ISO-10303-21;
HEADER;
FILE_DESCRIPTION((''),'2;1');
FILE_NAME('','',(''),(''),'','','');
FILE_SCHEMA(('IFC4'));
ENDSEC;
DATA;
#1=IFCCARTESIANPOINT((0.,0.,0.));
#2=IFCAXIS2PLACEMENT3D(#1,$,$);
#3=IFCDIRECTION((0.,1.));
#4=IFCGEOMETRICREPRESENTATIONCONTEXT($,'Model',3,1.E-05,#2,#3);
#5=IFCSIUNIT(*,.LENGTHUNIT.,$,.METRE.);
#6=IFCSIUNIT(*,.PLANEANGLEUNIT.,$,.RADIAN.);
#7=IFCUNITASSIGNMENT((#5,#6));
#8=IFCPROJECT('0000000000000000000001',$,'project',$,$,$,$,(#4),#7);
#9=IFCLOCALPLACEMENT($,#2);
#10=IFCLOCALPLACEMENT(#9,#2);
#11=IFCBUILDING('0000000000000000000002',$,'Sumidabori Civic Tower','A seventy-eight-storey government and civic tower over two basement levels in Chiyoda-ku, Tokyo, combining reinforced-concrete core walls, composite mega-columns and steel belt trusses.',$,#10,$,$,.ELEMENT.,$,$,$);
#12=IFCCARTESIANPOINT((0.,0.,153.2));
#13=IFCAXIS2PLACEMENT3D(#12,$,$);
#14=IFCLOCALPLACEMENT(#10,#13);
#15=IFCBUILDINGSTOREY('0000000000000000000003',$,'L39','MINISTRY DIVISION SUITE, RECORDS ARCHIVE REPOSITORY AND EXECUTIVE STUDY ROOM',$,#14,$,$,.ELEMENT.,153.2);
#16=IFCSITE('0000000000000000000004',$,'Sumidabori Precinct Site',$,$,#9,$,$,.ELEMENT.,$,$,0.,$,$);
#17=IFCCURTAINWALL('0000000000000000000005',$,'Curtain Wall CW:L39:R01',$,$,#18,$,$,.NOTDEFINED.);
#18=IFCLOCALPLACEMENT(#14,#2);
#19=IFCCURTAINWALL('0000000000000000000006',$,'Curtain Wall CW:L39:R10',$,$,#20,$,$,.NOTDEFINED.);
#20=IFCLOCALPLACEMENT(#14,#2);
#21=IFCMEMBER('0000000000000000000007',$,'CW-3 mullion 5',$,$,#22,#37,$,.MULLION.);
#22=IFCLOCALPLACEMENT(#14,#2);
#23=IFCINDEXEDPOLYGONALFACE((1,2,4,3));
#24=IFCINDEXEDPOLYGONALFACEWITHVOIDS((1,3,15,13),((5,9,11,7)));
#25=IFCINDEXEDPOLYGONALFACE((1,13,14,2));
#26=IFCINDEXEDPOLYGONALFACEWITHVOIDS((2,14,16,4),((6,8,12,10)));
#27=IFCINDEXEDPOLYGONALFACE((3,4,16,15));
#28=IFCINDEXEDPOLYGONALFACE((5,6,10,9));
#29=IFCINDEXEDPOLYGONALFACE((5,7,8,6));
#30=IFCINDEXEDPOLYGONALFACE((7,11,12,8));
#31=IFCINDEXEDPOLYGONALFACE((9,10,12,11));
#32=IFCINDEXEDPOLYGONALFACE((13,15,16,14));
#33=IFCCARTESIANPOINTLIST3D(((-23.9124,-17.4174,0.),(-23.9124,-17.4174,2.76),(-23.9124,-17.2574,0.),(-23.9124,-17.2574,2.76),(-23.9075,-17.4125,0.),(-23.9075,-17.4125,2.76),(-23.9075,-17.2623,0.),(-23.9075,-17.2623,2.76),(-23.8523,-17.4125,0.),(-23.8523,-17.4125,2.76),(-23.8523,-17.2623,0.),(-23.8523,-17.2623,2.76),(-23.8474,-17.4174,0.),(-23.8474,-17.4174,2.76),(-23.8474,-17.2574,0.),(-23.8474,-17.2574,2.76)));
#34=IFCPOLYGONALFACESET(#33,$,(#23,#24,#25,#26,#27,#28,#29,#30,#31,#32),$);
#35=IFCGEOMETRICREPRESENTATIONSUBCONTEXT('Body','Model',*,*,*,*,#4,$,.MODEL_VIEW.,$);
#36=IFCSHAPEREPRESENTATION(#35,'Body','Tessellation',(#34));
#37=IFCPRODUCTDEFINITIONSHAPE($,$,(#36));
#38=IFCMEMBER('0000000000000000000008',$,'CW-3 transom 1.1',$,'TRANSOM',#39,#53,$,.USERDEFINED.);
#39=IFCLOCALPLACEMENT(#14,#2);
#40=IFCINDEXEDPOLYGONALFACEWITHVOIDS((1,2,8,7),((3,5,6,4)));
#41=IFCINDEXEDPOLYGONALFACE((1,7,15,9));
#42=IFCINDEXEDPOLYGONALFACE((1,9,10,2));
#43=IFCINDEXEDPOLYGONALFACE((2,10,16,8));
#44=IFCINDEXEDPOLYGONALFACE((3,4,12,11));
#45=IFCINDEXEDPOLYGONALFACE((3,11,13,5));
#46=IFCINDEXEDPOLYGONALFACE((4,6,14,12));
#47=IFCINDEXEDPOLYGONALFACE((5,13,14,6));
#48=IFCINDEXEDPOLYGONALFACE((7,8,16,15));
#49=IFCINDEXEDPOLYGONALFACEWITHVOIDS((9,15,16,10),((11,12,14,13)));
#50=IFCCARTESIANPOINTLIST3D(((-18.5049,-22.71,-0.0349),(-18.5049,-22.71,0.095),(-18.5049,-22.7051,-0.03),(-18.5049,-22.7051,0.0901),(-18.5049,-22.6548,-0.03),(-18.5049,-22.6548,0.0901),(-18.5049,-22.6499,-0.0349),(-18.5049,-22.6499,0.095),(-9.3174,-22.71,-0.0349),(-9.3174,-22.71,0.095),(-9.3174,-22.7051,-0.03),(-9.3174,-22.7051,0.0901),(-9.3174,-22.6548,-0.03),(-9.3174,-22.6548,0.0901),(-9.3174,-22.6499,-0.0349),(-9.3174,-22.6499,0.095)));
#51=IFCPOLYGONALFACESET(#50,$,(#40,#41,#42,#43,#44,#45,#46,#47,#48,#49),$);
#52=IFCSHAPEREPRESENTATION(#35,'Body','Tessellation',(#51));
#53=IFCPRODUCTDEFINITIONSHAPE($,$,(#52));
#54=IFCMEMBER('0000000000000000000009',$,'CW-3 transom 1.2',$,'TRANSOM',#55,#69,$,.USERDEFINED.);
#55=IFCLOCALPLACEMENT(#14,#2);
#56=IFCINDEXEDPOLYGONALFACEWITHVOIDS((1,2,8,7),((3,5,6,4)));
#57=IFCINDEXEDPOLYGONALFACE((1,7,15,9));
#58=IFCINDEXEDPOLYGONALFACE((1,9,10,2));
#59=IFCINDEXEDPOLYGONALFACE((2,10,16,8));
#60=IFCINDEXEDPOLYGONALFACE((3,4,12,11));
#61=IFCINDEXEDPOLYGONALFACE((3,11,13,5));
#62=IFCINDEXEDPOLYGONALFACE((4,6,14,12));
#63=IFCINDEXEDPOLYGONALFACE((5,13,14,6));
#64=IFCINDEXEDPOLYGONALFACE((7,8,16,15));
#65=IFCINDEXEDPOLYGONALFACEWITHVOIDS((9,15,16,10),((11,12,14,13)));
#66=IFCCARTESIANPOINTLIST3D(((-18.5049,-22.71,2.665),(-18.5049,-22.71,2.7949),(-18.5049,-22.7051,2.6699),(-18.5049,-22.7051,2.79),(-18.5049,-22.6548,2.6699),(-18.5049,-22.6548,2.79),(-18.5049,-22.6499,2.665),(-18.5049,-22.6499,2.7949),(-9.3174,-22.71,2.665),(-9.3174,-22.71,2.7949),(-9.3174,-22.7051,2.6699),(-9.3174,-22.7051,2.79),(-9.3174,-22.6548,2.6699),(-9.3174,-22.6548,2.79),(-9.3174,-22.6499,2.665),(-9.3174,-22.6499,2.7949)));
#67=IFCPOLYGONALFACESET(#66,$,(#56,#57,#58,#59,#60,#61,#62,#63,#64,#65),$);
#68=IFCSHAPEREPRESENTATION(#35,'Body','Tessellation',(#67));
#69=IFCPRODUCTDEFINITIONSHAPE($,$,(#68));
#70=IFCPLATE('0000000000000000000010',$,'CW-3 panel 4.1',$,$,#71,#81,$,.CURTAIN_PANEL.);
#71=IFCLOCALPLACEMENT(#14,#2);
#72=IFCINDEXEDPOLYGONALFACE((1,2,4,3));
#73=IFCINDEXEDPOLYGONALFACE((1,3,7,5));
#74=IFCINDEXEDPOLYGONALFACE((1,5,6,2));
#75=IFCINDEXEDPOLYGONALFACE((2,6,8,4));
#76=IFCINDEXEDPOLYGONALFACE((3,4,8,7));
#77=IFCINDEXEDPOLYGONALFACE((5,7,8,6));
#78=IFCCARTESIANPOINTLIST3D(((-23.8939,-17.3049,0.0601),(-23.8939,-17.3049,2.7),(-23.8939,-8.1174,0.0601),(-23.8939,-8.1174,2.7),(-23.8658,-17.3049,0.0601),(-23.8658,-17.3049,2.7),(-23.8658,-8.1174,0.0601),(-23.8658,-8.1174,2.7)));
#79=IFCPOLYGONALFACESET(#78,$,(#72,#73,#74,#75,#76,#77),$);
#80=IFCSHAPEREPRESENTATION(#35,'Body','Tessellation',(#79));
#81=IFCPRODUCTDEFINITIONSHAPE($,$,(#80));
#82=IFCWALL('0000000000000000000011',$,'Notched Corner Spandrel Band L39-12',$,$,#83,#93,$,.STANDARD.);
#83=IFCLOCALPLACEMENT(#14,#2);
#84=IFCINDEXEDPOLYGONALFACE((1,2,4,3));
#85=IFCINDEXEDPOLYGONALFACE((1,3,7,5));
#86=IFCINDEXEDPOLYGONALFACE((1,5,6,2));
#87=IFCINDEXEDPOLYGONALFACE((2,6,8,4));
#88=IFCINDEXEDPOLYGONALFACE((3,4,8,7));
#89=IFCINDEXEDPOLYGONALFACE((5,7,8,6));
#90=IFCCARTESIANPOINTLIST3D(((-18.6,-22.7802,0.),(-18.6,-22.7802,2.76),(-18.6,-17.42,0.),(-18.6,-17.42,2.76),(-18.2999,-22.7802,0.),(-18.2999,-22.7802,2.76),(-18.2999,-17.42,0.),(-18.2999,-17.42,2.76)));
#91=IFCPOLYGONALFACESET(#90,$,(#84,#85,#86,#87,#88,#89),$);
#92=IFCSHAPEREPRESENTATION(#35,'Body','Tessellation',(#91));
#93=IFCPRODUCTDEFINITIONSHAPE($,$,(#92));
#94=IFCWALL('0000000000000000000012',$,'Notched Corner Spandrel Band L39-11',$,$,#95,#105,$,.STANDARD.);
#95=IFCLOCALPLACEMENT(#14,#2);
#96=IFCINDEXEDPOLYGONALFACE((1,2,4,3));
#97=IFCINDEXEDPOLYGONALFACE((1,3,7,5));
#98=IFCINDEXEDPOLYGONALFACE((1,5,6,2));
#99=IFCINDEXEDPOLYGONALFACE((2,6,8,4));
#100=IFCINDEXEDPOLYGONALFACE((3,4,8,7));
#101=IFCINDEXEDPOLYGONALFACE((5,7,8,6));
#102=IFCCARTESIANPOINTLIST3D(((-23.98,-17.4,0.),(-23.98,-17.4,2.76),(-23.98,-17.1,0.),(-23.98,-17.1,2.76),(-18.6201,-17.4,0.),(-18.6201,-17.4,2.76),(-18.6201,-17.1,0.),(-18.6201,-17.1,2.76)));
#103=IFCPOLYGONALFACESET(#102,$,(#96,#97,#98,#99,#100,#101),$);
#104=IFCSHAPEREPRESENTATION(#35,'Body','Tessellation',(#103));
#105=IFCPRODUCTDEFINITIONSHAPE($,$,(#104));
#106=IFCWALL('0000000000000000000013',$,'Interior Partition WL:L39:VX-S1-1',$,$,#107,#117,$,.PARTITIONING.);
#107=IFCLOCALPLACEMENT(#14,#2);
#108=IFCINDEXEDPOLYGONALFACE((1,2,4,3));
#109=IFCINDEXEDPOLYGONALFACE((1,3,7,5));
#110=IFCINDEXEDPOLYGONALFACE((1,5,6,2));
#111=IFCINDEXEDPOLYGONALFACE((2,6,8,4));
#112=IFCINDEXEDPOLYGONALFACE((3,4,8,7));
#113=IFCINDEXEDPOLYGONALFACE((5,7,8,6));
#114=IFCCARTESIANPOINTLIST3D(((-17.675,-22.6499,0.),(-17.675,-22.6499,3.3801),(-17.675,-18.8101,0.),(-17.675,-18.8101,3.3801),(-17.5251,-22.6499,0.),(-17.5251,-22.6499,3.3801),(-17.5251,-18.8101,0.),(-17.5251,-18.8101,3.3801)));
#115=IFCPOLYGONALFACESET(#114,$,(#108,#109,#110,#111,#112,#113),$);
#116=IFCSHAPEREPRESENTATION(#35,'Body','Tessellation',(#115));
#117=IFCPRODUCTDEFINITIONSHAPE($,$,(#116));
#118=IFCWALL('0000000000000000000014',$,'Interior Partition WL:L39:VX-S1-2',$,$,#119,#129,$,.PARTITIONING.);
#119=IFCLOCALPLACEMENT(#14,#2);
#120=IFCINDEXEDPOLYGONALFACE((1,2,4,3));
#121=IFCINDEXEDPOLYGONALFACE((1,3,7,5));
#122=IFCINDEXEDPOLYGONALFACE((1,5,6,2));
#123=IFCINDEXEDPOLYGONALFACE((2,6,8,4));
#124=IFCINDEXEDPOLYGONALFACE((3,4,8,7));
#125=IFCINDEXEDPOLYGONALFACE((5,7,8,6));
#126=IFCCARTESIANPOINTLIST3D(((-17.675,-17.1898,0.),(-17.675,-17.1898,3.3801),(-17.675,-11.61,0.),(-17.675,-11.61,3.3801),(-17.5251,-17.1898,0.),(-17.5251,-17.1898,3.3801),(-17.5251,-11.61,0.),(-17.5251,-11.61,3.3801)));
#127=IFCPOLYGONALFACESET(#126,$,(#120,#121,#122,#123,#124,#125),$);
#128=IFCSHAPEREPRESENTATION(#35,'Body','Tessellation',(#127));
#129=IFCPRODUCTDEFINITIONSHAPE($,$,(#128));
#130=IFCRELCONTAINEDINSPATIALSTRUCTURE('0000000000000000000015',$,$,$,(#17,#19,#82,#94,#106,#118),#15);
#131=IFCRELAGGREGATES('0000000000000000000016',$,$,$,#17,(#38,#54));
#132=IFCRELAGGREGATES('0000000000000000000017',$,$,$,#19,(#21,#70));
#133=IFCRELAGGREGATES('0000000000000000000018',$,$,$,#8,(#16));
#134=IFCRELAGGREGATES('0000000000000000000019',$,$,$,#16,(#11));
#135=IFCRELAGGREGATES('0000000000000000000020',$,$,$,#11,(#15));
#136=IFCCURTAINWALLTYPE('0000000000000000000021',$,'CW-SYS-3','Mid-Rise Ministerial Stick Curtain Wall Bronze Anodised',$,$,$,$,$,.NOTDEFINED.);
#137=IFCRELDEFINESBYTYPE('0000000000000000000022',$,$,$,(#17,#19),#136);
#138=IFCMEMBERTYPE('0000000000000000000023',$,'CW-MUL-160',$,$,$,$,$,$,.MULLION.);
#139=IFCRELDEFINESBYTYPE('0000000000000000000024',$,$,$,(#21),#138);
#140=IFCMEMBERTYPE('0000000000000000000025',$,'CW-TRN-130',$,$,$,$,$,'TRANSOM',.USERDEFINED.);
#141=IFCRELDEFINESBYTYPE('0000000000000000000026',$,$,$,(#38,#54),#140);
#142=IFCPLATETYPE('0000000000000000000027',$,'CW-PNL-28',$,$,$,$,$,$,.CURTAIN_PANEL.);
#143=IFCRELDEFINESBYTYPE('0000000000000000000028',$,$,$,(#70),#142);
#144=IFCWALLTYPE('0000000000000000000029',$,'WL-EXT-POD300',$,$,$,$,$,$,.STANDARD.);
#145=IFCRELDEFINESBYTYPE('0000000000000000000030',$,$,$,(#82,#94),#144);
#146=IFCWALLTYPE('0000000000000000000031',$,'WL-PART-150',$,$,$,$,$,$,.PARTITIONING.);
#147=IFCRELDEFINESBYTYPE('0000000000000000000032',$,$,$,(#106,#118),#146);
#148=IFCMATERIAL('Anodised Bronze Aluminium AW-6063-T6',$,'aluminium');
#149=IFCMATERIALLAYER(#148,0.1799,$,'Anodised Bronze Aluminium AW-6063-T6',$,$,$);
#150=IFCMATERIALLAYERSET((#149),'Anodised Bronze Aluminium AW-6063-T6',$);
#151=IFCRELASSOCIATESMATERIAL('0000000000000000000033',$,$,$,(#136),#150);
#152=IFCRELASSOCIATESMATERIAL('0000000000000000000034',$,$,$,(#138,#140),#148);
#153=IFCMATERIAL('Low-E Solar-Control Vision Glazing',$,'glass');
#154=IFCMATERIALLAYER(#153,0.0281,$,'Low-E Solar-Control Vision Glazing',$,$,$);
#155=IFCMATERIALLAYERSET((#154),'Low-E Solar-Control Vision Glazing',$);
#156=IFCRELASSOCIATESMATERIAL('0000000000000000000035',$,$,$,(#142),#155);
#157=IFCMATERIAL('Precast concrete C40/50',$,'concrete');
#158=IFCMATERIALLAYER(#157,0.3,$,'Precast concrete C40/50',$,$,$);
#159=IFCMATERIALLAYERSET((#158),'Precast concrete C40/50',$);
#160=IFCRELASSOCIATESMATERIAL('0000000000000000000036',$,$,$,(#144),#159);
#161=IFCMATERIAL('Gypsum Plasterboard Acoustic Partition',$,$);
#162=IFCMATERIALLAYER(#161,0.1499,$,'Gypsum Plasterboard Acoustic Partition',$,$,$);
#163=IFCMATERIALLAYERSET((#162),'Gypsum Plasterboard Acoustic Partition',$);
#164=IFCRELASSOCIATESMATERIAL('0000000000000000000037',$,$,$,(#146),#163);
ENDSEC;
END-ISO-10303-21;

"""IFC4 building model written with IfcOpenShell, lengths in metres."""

from ifc_helpers import new_model, si_unit, direction, frame, frame_2d, origin, origin_2d, place, context, subcontext, project, spatial, rectangle, hollow_rectangle, extrude, source, transform, mapped, material, layer, layer_set, material_profile, profile_set, type_object, element, aggregate, save


model = new_model("IFC4")

# Units and contexts
model_context = context("Model", 3, precision=1e-05, world=origin(), true_north=direction((0.0, 1.0)))
body_context = subcontext(model_context, "Body", "Model", "MODEL_VIEW")
ifc_project = project(units=[si_unit("LENGTHUNIT", "METRE"), si_unit("PLANEANGLEUNIT", "RADIAN")], contexts=[model_context])

# Site, building, storey
site_placement = place(None, origin())
site = spatial("IfcSite", under=ifc_project, at=site_placement, Name="Sumidabori Precinct Site", CompositionType="ELEMENT", RefElevation=0.0)
building_placement = place(site_placement, origin())
building = spatial("IfcBuilding", under=site, at=building_placement, Name="Sumidabori Civic Tower", Description="A seventy-eight-storey government and civic tower over two basement levels in Chiyoda-ku, Tokyo, combining reinforced-concrete core walls, composite mega-columns and steel belt trusses.", CompositionType="ELEMENT")
storey_placement = place(building_placement, frame((0.0, 0.0, 153.2)))
storey = spatial("IfcBuildingStorey", under=building, at=storey_placement, Name="L39", Description="MINISTRY DIVISION SUITE, RECORDS ARCHIVE REPOSITORY AND EXECUTIVE STUDY ROOM", CompositionType="ELEMENT", Elevation=153.2)

# Curtain walls, member
ifc_material_1 = material(Name="Anodised Bronze Aluminium AW-6063-T6", Category="aluminium")
ifc_layer_1 = layer(ifc_material_1, 0.1799, Name="Anodised Bronze Aluminium AW-6063-T6")
ifc_layer_set_1 = layer_set([ifc_layer_1], Name="Anodised Bronze Aluminium AW-6063-T6")
curtain_wall_type = type_object("IfcCurtainWallType", Name="CW-SYS-3", Description="Mid-Rise Ministerial Stick Curtain Wall Bronze Anodised", PredefinedType="NOTDEFINED", material=ifc_layer_set_1)
curtain_wall_1_placement = place(storey_placement, origin())
curtain_wall_1 = element("IfcCurtainWall", 1, at=curtain_wall_1_placement, inside=storey, type_object=curtain_wall_type, Name="Curtain Wall CW:L39:R01", PredefinedType="NOTDEFINED")
ifc_material_profile_1 = material_profile(ifc_material_1, hollow_rectangle(XDim=0.0649, YDim=0.1599, WallThickness=0.0049, at=origin_2d()), Name="ALU MULLION 160x65")
ifc_profile_set_1 = profile_set([ifc_material_profile_1], Name="Anodised Bronze Aluminium AW-6063-T6")
member_type_1 = type_object("IfcMemberType", Name="CW-MUL-160", PredefinedType="MULLION", material=ifc_profile_set_1)
shared_shape_1 = source(origin(), body_context, "Body", "SweptSolid", [
    extrude(hollow_rectangle(XDim=0.0649, YDim=0.1599, WallThickness=0.0049, at=origin_2d()), origin(), (0.0, 0.0, 1.0), 2.76),
])
curtain_wall_2_placement = place(storey_placement, origin())
curtain_wall_2 = element("IfcCurtainWall", 2, at=curtain_wall_2_placement, inside=storey, type_object=curtain_wall_type, Name="Curtain Wall CW:L39:R10", PredefinedType="NOTDEFINED")
member_1_placement = place(storey_placement, frame((-23.8799, -17.3374, 0.0), z_axis=(0.0, 0.0, 1.0), x_axis=(1.0, 0.0, 0.0)))
member_1 = element("IfcMember", 3, at=member_1_placement, type_object=member_type_1, Name="CW-3 mullion 5", PredefinedType="MULLION", context=body_context, shape_type="MappedRepresentation", body=[
    mapped(shared_shape_1, transform((0.0, 0.0, 0.0), x_axis=(1.0, 0.0, 0.0), y_axis=(0.0, 1.0, 0.0), z_axis=(0.0, 0.0, 1.0), scale=1.0)),
])

# Members
ifc_material_profile_2 = material_profile(ifc_material_1, hollow_rectangle(XDim=0.0601, YDim=0.1299, WallThickness=0.0049, at=origin_2d()), Name="ALU TRANSOM 130x60")
ifc_profile_set_2 = profile_set([ifc_material_profile_2], Name="Anodised Bronze Aluminium AW-6063-T6")
member_type_2 = type_object("IfcMemberType", Name="CW-TRN-130", ElementType="TRANSOM", PredefinedType="USERDEFINED", material=ifc_profile_set_2)
shared_shape_2 = source(origin(), body_context, "Body", "SweptSolid", [
    extrude(hollow_rectangle(XDim=0.0601, YDim=0.1299, WallThickness=0.0049, at=origin_2d()), origin(), (0.0, 0.0, 1.0), 9.1875),
])
member_2_placement = place(storey_placement, frame((-18.5049, -22.6799, 0.03), z_axis=(1.0, 0.0, 0.0), x_axis=(0.0, 1.0, 0.0)))
member_2 = element("IfcMember", 4, at=member_2_placement, type_object=member_type_2, Name="CW-3 transom 1.1", ObjectType="TRANSOM", PredefinedType="USERDEFINED", context=body_context, shape_type="MappedRepresentation", body=[
    mapped(shared_shape_2, transform((0.0, 0.0, 0.0), x_axis=(1.0, 0.0, 0.0), y_axis=(0.0, 1.0, 0.0), z_axis=(0.0, 0.0, 1.0), scale=1.0)),
])
member_3_placement = place(storey_placement, frame((-18.5049, -22.6799, 2.73), z_axis=(1.0, 0.0, 0.0), x_axis=(0.0, 1.0, 0.0)))
member_3 = element("IfcMember", 5, at=member_3_placement, type_object=member_type_2, Name="CW-3 transom 1.2", ObjectType="TRANSOM", PredefinedType="USERDEFINED", context=body_context, shape_type="MappedRepresentation", body=[
    mapped(shared_shape_2, transform((0.0, 0.0, 0.0), x_axis=(1.0, 0.0, 0.0), y_axis=(0.0, 1.0, 0.0), z_axis=(0.0, 0.0, 1.0), scale=1.0)),
])
aggregate(curtain_wall_1, [member_2, member_3])

# Plate
ifc_material_2 = material(Name="Low-E Solar-Control Vision Glazing", Category="glass")
ifc_layer_2 = layer(ifc_material_2, 0.0281, Name="Low-E Solar-Control Vision Glazing")
ifc_layer_set_2 = layer_set([ifc_layer_2], Name="Low-E Solar-Control Vision Glazing")
plate_type = type_object("IfcPlateType", Name="CW-PNL-28", PredefinedType="CURTAIN_PANEL", material=ifc_layer_set_2)
shared_shape_3 = source(origin(), body_context, "Body", "SweptSolid", [
    extrude(rectangle(XDim=9.1875, YDim=0.0281, at=origin_2d()), origin(), (0.0, 0.0, 1.0), 2.6399),
])
plate_placement = place(storey_placement, frame((-23.8799, -12.7112, 0.0601), z_axis=(0.0, 0.0, 1.0), x_axis=(0.0, -1.0, 0.0)))
plate = element("IfcPlate", 6, at=plate_placement, type_object=plate_type, Name="CW-3 panel 4.1", PredefinedType="CURTAIN_PANEL", context=body_context, shape_type="MappedRepresentation", body=[
    mapped(shared_shape_3, transform((0.0, 0.0, 0.0), x_axis=(1.0, 0.0, 0.0), y_axis=(0.0, 1.0, 0.0), z_axis=(0.0, 0.0, 1.0), scale=1.0)),
])
aggregate(curtain_wall_2, [member_1, plate])

# Walls
ifc_material_3 = material(Name="Precast concrete C40/50", Category="concrete")
ifc_layer_3 = layer(ifc_material_3, 0.3, Name="Precast concrete C40/50")
ifc_layer_set_3 = layer_set([ifc_layer_3], Name="Precast concrete C40/50")
wall_type_1 = type_object("IfcWallType", Name="WL-EXT-POD300", PredefinedType="STANDARD", material=ifc_layer_set_3)
shared_shape_4 = source(origin(), body_context, "Body", "SweptSolid", [
    extrude(rectangle(XDim=5.3601, YDim=0.3, at=frame_2d((2.6802, 0.0))), origin(), (0.0, 0.0, 1.0), 2.76),
])
wall_1_placement = place(storey_placement, frame((-18.45, -17.4199, 0.0), z_axis=(0.0, 0.0, 1.0), x_axis=(0.0, -1.0, 0.0)))
element("IfcWall", 7, at=wall_1_placement, inside=storey, type_object=wall_type_1, Name="Notched Corner Spandrel Band L39-12", PredefinedType="STANDARD", context=body_context, shape_type="MappedRepresentation", body=[
    mapped(shared_shape_4, transform((0.0, 0.0, 0.0), x_axis=(1.0, 0.0, 0.0), y_axis=(0.0, 1.0, 0.0), z_axis=(0.0, 0.0, 1.0), scale=1.0)),
])
shared_shape_5 = source(origin(), body_context, "Body", "SweptSolid", [
    extrude(rectangle(XDim=5.3599, YDim=0.3, at=frame_2d((2.6799, 0.0))), origin(), (0.0, 0.0, 1.0), 2.76),
])
wall_2_placement = place(storey_placement, frame((-23.98, -17.25, 0.0), z_axis=(0.0, 0.0, 1.0), x_axis=(1.0, 0.0, 0.0)))
element("IfcWall", 8, at=wall_2_placement, inside=storey, type_object=wall_type_1, Name="Notched Corner Spandrel Band L39-11", PredefinedType="STANDARD", context=body_context, shape_type="MappedRepresentation", body=[
    mapped(shared_shape_5, transform((0.0, 0.0, 0.0), x_axis=(1.0, 0.0, 0.0), y_axis=(0.0, 1.0, 0.0), z_axis=(0.0, 0.0, 1.0), scale=1.0)),
])
ifc_material_4 = material(Name="Gypsum Plasterboard Acoustic Partition")
ifc_layer_4 = layer(ifc_material_4, 0.1499, Name="Gypsum Plasterboard Acoustic Partition")
ifc_layer_set_4 = layer_set([ifc_layer_4], Name="Gypsum Plasterboard Acoustic Partition")
wall_type_2 = type_object("IfcWallType", Name="WL-PART-150", PredefinedType="PARTITIONING", material=ifc_layer_set_4)
shared_shape_6 = source(origin(), body_context, "Body", "SweptSolid", [
    extrude(rectangle(XDim=3.8398, YDim=0.1499, at=frame_2d((1.9199, 0.0))), origin(), (0.0, 0.0, 1.0), 3.3801),
])
wall_3_placement = place(storey_placement, frame((-17.6001, -22.6499, 0.0), z_axis=(0.0, 0.0, 1.0), x_axis=(0.0, 1.0, 0.0)))
element("IfcWall", 9, at=wall_3_placement, inside=storey, type_object=wall_type_2, Name="Interior Partition WL:L39:VX-S1-1", PredefinedType="PARTITIONING", context=body_context, shape_type="MappedRepresentation", body=[
    mapped(shared_shape_6, transform((0.0, 0.0, 0.0), x_axis=(1.0, 0.0, 0.0), y_axis=(0.0, 1.0, 0.0), z_axis=(0.0, 0.0, 1.0), scale=1.0)),
])
shared_shape_7 = source(origin(), body_context, "Body", "SweptSolid", [
    extrude(rectangle(XDim=5.5798, YDim=0.1499, at=frame_2d((2.79, 0.0))), origin(), (0.0, 0.0, 1.0), 3.3801),
])
wall_4_placement = place(storey_placement, frame((-17.6001, -17.1899, 0.0), z_axis=(0.0, 0.0, 1.0), x_axis=(0.0, 1.0, 0.0)))
element("IfcWall", 10, at=wall_4_placement, inside=storey, type_object=wall_type_2, Name="Interior Partition WL:L39:VX-S1-2", PredefinedType="PARTITIONING", context=body_context, shape_type="MappedRepresentation", body=[
    mapped(shared_shape_7, transform((0.0, 0.0, 0.0), x_axis=(1.0, 0.0, 0.0), y_axis=(0.0, 1.0, 0.0), z_axis=(0.0, 0.0, 1.0), scale=1.0)),
])

save(model, "model.ifc")
